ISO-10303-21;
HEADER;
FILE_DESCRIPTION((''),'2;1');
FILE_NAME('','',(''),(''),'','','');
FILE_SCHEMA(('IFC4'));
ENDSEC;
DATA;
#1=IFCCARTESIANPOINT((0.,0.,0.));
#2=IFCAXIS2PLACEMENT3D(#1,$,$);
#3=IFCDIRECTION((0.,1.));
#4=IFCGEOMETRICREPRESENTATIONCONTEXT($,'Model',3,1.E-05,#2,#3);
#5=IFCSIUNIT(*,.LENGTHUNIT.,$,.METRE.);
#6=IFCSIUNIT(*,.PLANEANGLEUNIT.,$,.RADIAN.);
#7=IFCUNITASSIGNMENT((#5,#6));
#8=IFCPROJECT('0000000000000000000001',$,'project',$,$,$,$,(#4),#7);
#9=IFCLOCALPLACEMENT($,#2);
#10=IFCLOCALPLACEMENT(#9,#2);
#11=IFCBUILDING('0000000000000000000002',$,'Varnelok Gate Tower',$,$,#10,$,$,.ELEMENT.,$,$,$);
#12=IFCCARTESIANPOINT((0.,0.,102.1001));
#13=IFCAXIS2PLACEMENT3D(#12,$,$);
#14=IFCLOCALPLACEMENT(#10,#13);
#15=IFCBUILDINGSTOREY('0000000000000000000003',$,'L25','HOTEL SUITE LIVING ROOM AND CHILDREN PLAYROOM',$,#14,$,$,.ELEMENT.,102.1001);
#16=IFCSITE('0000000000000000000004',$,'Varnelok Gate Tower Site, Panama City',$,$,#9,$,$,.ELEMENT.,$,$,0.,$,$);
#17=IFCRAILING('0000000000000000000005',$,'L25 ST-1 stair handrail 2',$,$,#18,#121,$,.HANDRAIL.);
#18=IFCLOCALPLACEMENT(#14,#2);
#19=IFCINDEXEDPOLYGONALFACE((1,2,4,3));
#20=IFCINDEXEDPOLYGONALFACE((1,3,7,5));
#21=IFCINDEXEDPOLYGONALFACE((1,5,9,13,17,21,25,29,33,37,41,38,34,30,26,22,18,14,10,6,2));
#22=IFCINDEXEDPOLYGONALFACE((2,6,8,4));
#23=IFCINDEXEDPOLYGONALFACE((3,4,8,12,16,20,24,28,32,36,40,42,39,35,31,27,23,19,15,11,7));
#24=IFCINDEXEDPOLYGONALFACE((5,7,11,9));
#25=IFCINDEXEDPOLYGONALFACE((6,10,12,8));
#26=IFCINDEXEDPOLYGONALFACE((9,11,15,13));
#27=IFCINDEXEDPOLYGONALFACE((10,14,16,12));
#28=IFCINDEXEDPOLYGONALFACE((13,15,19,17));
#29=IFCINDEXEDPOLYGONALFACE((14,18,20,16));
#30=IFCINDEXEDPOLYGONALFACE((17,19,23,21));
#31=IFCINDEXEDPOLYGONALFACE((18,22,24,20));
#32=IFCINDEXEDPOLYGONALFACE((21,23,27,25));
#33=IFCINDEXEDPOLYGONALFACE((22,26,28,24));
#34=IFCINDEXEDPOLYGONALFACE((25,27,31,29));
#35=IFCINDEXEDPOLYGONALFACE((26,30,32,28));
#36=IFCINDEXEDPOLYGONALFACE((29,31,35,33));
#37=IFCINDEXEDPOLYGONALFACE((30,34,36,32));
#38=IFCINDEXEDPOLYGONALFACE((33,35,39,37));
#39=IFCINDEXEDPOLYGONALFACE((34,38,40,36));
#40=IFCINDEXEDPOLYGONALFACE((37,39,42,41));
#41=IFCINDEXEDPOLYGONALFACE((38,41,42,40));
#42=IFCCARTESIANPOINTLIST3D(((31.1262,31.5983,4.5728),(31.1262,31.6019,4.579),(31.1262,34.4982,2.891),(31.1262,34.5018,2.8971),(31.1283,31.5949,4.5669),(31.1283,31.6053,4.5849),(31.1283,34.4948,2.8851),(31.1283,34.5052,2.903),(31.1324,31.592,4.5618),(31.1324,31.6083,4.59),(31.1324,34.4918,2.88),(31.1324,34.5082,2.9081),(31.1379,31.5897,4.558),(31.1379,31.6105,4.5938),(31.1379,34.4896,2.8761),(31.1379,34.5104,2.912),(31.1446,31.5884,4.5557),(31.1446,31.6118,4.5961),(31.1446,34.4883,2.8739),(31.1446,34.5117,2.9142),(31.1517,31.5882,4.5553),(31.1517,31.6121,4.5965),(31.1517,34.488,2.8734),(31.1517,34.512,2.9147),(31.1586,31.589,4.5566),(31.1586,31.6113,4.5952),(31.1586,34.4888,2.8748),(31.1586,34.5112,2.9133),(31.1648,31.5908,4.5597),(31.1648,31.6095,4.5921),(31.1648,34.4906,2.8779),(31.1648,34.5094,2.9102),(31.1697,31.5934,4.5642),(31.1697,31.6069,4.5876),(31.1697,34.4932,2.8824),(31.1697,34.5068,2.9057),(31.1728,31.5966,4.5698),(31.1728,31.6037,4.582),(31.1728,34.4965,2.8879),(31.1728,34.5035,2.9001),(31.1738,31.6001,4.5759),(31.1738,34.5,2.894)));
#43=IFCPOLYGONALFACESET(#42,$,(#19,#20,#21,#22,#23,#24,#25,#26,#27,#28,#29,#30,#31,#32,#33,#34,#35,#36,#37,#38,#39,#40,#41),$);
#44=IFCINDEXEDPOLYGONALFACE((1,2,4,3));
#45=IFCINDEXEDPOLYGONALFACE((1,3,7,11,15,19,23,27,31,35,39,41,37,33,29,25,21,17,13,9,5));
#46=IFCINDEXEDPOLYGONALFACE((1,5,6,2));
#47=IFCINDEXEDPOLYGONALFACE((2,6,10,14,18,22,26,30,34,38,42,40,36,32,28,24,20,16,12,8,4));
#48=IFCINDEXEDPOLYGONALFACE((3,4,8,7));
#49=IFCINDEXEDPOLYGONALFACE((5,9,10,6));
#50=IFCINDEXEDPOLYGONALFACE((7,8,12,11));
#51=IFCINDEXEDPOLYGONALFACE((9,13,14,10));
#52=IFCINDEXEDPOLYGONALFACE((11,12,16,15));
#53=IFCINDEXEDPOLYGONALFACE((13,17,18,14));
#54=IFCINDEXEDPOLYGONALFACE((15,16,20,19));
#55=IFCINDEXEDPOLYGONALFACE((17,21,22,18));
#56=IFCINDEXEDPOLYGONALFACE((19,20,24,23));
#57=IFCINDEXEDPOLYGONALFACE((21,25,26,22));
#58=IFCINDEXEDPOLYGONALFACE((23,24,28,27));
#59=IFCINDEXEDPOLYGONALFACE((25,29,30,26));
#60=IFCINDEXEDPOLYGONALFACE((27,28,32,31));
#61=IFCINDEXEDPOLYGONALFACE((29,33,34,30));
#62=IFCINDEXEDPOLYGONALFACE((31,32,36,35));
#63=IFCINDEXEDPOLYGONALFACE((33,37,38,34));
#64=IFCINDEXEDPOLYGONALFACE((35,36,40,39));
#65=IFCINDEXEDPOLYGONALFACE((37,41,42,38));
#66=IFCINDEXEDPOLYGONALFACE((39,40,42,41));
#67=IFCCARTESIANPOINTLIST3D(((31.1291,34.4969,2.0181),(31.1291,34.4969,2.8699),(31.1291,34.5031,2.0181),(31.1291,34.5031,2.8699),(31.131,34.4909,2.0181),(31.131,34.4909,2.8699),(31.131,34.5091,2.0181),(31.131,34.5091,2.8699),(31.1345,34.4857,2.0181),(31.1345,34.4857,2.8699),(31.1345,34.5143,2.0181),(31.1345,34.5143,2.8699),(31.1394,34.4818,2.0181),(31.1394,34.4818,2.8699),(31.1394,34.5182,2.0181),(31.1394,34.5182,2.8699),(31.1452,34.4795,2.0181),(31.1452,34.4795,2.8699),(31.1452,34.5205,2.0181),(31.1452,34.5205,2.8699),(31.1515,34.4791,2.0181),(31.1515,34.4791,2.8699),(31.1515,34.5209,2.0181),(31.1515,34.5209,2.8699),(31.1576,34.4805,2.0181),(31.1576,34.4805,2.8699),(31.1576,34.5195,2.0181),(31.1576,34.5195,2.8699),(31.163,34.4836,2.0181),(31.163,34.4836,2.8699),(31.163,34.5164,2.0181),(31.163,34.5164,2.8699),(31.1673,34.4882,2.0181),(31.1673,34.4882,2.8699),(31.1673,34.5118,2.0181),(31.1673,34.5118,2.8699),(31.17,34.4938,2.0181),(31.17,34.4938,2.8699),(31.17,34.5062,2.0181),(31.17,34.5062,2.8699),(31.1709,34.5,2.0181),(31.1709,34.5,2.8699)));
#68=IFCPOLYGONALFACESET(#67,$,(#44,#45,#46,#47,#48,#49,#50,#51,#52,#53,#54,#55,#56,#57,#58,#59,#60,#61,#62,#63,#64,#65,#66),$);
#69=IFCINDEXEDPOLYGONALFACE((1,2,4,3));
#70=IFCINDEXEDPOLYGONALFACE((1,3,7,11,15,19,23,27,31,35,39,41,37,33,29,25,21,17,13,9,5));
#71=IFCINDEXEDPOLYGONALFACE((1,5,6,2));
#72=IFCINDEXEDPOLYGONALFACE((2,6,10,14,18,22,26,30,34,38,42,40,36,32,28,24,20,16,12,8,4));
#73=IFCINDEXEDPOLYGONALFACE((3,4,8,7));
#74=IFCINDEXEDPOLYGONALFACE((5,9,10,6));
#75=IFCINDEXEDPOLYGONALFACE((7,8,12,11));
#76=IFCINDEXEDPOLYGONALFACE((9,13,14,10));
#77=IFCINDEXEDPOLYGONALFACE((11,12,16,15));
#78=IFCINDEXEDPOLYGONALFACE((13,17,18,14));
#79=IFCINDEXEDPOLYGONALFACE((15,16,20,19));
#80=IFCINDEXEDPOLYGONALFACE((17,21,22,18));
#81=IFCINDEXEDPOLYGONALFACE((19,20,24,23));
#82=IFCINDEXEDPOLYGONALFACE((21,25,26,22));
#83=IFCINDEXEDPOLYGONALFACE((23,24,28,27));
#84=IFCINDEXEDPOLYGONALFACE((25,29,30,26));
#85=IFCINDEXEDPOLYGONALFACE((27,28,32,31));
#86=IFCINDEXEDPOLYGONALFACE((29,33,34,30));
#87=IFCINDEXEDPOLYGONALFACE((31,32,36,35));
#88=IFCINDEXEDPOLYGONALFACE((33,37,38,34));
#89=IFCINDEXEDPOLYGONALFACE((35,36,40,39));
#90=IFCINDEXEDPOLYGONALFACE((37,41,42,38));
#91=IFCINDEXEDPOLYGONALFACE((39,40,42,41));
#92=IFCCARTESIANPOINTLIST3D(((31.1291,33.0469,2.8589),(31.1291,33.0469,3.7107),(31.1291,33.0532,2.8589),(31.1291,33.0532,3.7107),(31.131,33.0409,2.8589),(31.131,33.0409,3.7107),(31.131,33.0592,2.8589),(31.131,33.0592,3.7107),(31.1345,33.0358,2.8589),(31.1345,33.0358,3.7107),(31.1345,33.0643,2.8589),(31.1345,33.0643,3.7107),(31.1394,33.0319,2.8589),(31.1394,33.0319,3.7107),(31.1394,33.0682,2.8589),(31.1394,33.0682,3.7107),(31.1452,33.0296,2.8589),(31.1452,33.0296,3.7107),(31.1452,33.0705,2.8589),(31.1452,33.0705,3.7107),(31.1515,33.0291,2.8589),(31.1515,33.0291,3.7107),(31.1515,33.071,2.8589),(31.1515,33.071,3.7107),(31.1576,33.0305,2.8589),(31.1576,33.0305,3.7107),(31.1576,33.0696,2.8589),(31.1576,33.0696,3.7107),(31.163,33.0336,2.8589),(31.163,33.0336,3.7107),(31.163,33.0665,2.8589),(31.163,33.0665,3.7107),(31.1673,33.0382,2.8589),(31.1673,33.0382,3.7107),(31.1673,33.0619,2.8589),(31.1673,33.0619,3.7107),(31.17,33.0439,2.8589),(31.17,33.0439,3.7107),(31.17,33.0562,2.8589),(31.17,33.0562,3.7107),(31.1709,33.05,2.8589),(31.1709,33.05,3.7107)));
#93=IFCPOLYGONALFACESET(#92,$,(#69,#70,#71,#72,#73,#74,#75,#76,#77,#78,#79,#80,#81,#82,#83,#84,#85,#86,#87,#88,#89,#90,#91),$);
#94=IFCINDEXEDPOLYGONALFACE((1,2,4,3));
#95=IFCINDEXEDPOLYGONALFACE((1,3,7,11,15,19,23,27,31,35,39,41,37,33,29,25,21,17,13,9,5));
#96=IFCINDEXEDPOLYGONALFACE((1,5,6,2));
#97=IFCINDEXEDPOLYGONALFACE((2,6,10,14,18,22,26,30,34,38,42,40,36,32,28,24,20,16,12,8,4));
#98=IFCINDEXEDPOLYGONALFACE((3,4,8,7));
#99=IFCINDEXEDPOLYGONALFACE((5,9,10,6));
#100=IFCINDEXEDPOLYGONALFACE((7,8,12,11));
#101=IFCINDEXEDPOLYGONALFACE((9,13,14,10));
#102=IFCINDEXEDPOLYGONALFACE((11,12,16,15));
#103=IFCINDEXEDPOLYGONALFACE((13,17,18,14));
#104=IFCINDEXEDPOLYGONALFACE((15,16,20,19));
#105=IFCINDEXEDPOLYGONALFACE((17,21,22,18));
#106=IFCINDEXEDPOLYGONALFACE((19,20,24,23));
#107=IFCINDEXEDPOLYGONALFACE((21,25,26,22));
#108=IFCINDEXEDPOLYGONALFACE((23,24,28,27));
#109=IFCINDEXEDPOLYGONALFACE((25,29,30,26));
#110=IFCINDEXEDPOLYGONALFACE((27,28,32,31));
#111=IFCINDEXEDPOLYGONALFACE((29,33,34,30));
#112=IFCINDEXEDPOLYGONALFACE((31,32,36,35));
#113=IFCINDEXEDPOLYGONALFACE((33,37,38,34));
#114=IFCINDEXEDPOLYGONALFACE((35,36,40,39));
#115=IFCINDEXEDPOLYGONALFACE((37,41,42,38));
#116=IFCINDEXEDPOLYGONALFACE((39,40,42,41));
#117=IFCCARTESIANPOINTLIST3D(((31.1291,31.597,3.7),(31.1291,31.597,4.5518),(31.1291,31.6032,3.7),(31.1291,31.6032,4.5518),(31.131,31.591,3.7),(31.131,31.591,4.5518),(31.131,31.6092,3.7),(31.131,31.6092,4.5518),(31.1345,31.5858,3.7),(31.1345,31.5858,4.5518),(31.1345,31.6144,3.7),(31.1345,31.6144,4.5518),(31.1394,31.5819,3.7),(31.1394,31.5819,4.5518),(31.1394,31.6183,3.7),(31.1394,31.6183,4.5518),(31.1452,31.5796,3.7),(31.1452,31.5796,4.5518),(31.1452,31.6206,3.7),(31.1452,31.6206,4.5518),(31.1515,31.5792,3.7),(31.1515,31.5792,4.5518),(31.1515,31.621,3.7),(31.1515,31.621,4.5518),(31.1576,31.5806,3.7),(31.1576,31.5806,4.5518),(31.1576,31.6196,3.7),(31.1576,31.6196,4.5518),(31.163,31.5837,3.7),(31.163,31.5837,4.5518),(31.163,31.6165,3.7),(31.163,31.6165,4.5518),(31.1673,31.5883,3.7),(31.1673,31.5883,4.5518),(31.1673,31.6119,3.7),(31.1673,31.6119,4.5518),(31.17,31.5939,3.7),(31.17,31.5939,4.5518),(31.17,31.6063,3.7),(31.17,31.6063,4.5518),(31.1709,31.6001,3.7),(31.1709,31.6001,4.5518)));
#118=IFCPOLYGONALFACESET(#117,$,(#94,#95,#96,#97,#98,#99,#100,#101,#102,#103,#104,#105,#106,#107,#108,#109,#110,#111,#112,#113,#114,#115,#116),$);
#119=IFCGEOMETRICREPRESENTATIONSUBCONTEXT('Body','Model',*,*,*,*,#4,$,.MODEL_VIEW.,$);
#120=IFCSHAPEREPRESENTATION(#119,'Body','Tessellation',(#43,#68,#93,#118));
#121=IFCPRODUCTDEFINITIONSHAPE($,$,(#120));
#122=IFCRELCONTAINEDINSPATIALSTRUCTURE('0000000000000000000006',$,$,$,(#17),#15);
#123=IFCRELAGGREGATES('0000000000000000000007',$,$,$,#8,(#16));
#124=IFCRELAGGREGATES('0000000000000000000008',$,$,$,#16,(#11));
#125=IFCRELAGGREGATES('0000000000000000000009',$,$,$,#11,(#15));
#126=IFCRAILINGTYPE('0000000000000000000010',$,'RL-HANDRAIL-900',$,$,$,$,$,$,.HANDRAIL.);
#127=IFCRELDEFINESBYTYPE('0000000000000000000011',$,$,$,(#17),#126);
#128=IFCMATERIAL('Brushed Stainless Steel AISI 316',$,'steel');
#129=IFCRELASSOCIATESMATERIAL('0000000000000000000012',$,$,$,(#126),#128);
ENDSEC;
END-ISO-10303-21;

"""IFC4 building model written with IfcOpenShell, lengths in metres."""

from ifc_helpers import new_model, si_unit, direction, frame, origin, origin_2d, place, context, subcontext, project, spatial, circle, extrude, material, type_object, element, save


model = new_model("IFC4")

# Units and contexts
model_context = context("Model", 3, precision=1e-05, world=origin(), true_north=direction((0.0, 1.0)))
body_context = subcontext(model_context, "Body", "Model", "MODEL_VIEW")
ifc_project = project(units=[si_unit("LENGTHUNIT", "METRE"), si_unit("PLANEANGLEUNIT", "RADIAN")], contexts=[model_context])

# Site, building, storey
site_placement = place(None, origin())
site = spatial("IfcSite", under=ifc_project, at=site_placement, Name="Varnelok Gate Tower Site, Panama City", CompositionType="ELEMENT", RefElevation=0.0)
building_placement = place(site_placement, origin())
building = spatial("IfcBuilding", under=site, at=building_placement, Name="Varnelok Gate Tower", CompositionType="ELEMENT")
storey_placement = place(building_placement, frame((0.0, 0.0, 102.1001)))
storey = spatial("IfcBuildingStorey", under=building, at=storey_placement, Name="L25", Description="HOTEL SUITE LIVING ROOM AND CHILDREN PLAYROOM", CompositionType="ELEMENT", Elevation=102.1001)

# Railing
ifc_material_1 = material(Name="Brushed Stainless Steel AISI 316", Category="steel")
railing_type_1 = type_object("IfcRailingType", Name="RL-HANDRAIL-900", PredefinedType="HANDRAIL", material=ifc_material_1)
railing_1_placement = place(storey_placement, frame((31.1499, 34.5, 2.0181)))
element("IfcRailing", 1, at=railing_1_placement, inside=storey, type_object=railing_type_1, Name="L25 ST-1 stair handrail 2", PredefinedType="HANDRAIL", context=body_context, shape_type="SweptSolid", body=[
    extrude(circle(Radius=0.0239, at=origin_2d()), frame((0.0, 0.0, 0.876), z_axis=(0.0, -0.865039, 0.501705), x_axis=(1.0, 0.0, 0.0)), (0.0, 0.0, 1.0), 3.3523),
    extrude(circle(Radius=0.021, at=origin_2d()), origin(), (0.0, 0.0, 1.0), 0.8518),
    extrude(circle(Radius=0.021, at=origin_2d()), frame((0.0, -1.45, 0.8408)), (0.0, 0.0, 1.0), 0.8518),
    extrude(circle(Radius=0.021, at=origin_2d()), frame((0.0, -2.8999, 1.6819)), (0.0, 0.0, 1.0), 0.8518),
])

save(model, "model.ifc")
